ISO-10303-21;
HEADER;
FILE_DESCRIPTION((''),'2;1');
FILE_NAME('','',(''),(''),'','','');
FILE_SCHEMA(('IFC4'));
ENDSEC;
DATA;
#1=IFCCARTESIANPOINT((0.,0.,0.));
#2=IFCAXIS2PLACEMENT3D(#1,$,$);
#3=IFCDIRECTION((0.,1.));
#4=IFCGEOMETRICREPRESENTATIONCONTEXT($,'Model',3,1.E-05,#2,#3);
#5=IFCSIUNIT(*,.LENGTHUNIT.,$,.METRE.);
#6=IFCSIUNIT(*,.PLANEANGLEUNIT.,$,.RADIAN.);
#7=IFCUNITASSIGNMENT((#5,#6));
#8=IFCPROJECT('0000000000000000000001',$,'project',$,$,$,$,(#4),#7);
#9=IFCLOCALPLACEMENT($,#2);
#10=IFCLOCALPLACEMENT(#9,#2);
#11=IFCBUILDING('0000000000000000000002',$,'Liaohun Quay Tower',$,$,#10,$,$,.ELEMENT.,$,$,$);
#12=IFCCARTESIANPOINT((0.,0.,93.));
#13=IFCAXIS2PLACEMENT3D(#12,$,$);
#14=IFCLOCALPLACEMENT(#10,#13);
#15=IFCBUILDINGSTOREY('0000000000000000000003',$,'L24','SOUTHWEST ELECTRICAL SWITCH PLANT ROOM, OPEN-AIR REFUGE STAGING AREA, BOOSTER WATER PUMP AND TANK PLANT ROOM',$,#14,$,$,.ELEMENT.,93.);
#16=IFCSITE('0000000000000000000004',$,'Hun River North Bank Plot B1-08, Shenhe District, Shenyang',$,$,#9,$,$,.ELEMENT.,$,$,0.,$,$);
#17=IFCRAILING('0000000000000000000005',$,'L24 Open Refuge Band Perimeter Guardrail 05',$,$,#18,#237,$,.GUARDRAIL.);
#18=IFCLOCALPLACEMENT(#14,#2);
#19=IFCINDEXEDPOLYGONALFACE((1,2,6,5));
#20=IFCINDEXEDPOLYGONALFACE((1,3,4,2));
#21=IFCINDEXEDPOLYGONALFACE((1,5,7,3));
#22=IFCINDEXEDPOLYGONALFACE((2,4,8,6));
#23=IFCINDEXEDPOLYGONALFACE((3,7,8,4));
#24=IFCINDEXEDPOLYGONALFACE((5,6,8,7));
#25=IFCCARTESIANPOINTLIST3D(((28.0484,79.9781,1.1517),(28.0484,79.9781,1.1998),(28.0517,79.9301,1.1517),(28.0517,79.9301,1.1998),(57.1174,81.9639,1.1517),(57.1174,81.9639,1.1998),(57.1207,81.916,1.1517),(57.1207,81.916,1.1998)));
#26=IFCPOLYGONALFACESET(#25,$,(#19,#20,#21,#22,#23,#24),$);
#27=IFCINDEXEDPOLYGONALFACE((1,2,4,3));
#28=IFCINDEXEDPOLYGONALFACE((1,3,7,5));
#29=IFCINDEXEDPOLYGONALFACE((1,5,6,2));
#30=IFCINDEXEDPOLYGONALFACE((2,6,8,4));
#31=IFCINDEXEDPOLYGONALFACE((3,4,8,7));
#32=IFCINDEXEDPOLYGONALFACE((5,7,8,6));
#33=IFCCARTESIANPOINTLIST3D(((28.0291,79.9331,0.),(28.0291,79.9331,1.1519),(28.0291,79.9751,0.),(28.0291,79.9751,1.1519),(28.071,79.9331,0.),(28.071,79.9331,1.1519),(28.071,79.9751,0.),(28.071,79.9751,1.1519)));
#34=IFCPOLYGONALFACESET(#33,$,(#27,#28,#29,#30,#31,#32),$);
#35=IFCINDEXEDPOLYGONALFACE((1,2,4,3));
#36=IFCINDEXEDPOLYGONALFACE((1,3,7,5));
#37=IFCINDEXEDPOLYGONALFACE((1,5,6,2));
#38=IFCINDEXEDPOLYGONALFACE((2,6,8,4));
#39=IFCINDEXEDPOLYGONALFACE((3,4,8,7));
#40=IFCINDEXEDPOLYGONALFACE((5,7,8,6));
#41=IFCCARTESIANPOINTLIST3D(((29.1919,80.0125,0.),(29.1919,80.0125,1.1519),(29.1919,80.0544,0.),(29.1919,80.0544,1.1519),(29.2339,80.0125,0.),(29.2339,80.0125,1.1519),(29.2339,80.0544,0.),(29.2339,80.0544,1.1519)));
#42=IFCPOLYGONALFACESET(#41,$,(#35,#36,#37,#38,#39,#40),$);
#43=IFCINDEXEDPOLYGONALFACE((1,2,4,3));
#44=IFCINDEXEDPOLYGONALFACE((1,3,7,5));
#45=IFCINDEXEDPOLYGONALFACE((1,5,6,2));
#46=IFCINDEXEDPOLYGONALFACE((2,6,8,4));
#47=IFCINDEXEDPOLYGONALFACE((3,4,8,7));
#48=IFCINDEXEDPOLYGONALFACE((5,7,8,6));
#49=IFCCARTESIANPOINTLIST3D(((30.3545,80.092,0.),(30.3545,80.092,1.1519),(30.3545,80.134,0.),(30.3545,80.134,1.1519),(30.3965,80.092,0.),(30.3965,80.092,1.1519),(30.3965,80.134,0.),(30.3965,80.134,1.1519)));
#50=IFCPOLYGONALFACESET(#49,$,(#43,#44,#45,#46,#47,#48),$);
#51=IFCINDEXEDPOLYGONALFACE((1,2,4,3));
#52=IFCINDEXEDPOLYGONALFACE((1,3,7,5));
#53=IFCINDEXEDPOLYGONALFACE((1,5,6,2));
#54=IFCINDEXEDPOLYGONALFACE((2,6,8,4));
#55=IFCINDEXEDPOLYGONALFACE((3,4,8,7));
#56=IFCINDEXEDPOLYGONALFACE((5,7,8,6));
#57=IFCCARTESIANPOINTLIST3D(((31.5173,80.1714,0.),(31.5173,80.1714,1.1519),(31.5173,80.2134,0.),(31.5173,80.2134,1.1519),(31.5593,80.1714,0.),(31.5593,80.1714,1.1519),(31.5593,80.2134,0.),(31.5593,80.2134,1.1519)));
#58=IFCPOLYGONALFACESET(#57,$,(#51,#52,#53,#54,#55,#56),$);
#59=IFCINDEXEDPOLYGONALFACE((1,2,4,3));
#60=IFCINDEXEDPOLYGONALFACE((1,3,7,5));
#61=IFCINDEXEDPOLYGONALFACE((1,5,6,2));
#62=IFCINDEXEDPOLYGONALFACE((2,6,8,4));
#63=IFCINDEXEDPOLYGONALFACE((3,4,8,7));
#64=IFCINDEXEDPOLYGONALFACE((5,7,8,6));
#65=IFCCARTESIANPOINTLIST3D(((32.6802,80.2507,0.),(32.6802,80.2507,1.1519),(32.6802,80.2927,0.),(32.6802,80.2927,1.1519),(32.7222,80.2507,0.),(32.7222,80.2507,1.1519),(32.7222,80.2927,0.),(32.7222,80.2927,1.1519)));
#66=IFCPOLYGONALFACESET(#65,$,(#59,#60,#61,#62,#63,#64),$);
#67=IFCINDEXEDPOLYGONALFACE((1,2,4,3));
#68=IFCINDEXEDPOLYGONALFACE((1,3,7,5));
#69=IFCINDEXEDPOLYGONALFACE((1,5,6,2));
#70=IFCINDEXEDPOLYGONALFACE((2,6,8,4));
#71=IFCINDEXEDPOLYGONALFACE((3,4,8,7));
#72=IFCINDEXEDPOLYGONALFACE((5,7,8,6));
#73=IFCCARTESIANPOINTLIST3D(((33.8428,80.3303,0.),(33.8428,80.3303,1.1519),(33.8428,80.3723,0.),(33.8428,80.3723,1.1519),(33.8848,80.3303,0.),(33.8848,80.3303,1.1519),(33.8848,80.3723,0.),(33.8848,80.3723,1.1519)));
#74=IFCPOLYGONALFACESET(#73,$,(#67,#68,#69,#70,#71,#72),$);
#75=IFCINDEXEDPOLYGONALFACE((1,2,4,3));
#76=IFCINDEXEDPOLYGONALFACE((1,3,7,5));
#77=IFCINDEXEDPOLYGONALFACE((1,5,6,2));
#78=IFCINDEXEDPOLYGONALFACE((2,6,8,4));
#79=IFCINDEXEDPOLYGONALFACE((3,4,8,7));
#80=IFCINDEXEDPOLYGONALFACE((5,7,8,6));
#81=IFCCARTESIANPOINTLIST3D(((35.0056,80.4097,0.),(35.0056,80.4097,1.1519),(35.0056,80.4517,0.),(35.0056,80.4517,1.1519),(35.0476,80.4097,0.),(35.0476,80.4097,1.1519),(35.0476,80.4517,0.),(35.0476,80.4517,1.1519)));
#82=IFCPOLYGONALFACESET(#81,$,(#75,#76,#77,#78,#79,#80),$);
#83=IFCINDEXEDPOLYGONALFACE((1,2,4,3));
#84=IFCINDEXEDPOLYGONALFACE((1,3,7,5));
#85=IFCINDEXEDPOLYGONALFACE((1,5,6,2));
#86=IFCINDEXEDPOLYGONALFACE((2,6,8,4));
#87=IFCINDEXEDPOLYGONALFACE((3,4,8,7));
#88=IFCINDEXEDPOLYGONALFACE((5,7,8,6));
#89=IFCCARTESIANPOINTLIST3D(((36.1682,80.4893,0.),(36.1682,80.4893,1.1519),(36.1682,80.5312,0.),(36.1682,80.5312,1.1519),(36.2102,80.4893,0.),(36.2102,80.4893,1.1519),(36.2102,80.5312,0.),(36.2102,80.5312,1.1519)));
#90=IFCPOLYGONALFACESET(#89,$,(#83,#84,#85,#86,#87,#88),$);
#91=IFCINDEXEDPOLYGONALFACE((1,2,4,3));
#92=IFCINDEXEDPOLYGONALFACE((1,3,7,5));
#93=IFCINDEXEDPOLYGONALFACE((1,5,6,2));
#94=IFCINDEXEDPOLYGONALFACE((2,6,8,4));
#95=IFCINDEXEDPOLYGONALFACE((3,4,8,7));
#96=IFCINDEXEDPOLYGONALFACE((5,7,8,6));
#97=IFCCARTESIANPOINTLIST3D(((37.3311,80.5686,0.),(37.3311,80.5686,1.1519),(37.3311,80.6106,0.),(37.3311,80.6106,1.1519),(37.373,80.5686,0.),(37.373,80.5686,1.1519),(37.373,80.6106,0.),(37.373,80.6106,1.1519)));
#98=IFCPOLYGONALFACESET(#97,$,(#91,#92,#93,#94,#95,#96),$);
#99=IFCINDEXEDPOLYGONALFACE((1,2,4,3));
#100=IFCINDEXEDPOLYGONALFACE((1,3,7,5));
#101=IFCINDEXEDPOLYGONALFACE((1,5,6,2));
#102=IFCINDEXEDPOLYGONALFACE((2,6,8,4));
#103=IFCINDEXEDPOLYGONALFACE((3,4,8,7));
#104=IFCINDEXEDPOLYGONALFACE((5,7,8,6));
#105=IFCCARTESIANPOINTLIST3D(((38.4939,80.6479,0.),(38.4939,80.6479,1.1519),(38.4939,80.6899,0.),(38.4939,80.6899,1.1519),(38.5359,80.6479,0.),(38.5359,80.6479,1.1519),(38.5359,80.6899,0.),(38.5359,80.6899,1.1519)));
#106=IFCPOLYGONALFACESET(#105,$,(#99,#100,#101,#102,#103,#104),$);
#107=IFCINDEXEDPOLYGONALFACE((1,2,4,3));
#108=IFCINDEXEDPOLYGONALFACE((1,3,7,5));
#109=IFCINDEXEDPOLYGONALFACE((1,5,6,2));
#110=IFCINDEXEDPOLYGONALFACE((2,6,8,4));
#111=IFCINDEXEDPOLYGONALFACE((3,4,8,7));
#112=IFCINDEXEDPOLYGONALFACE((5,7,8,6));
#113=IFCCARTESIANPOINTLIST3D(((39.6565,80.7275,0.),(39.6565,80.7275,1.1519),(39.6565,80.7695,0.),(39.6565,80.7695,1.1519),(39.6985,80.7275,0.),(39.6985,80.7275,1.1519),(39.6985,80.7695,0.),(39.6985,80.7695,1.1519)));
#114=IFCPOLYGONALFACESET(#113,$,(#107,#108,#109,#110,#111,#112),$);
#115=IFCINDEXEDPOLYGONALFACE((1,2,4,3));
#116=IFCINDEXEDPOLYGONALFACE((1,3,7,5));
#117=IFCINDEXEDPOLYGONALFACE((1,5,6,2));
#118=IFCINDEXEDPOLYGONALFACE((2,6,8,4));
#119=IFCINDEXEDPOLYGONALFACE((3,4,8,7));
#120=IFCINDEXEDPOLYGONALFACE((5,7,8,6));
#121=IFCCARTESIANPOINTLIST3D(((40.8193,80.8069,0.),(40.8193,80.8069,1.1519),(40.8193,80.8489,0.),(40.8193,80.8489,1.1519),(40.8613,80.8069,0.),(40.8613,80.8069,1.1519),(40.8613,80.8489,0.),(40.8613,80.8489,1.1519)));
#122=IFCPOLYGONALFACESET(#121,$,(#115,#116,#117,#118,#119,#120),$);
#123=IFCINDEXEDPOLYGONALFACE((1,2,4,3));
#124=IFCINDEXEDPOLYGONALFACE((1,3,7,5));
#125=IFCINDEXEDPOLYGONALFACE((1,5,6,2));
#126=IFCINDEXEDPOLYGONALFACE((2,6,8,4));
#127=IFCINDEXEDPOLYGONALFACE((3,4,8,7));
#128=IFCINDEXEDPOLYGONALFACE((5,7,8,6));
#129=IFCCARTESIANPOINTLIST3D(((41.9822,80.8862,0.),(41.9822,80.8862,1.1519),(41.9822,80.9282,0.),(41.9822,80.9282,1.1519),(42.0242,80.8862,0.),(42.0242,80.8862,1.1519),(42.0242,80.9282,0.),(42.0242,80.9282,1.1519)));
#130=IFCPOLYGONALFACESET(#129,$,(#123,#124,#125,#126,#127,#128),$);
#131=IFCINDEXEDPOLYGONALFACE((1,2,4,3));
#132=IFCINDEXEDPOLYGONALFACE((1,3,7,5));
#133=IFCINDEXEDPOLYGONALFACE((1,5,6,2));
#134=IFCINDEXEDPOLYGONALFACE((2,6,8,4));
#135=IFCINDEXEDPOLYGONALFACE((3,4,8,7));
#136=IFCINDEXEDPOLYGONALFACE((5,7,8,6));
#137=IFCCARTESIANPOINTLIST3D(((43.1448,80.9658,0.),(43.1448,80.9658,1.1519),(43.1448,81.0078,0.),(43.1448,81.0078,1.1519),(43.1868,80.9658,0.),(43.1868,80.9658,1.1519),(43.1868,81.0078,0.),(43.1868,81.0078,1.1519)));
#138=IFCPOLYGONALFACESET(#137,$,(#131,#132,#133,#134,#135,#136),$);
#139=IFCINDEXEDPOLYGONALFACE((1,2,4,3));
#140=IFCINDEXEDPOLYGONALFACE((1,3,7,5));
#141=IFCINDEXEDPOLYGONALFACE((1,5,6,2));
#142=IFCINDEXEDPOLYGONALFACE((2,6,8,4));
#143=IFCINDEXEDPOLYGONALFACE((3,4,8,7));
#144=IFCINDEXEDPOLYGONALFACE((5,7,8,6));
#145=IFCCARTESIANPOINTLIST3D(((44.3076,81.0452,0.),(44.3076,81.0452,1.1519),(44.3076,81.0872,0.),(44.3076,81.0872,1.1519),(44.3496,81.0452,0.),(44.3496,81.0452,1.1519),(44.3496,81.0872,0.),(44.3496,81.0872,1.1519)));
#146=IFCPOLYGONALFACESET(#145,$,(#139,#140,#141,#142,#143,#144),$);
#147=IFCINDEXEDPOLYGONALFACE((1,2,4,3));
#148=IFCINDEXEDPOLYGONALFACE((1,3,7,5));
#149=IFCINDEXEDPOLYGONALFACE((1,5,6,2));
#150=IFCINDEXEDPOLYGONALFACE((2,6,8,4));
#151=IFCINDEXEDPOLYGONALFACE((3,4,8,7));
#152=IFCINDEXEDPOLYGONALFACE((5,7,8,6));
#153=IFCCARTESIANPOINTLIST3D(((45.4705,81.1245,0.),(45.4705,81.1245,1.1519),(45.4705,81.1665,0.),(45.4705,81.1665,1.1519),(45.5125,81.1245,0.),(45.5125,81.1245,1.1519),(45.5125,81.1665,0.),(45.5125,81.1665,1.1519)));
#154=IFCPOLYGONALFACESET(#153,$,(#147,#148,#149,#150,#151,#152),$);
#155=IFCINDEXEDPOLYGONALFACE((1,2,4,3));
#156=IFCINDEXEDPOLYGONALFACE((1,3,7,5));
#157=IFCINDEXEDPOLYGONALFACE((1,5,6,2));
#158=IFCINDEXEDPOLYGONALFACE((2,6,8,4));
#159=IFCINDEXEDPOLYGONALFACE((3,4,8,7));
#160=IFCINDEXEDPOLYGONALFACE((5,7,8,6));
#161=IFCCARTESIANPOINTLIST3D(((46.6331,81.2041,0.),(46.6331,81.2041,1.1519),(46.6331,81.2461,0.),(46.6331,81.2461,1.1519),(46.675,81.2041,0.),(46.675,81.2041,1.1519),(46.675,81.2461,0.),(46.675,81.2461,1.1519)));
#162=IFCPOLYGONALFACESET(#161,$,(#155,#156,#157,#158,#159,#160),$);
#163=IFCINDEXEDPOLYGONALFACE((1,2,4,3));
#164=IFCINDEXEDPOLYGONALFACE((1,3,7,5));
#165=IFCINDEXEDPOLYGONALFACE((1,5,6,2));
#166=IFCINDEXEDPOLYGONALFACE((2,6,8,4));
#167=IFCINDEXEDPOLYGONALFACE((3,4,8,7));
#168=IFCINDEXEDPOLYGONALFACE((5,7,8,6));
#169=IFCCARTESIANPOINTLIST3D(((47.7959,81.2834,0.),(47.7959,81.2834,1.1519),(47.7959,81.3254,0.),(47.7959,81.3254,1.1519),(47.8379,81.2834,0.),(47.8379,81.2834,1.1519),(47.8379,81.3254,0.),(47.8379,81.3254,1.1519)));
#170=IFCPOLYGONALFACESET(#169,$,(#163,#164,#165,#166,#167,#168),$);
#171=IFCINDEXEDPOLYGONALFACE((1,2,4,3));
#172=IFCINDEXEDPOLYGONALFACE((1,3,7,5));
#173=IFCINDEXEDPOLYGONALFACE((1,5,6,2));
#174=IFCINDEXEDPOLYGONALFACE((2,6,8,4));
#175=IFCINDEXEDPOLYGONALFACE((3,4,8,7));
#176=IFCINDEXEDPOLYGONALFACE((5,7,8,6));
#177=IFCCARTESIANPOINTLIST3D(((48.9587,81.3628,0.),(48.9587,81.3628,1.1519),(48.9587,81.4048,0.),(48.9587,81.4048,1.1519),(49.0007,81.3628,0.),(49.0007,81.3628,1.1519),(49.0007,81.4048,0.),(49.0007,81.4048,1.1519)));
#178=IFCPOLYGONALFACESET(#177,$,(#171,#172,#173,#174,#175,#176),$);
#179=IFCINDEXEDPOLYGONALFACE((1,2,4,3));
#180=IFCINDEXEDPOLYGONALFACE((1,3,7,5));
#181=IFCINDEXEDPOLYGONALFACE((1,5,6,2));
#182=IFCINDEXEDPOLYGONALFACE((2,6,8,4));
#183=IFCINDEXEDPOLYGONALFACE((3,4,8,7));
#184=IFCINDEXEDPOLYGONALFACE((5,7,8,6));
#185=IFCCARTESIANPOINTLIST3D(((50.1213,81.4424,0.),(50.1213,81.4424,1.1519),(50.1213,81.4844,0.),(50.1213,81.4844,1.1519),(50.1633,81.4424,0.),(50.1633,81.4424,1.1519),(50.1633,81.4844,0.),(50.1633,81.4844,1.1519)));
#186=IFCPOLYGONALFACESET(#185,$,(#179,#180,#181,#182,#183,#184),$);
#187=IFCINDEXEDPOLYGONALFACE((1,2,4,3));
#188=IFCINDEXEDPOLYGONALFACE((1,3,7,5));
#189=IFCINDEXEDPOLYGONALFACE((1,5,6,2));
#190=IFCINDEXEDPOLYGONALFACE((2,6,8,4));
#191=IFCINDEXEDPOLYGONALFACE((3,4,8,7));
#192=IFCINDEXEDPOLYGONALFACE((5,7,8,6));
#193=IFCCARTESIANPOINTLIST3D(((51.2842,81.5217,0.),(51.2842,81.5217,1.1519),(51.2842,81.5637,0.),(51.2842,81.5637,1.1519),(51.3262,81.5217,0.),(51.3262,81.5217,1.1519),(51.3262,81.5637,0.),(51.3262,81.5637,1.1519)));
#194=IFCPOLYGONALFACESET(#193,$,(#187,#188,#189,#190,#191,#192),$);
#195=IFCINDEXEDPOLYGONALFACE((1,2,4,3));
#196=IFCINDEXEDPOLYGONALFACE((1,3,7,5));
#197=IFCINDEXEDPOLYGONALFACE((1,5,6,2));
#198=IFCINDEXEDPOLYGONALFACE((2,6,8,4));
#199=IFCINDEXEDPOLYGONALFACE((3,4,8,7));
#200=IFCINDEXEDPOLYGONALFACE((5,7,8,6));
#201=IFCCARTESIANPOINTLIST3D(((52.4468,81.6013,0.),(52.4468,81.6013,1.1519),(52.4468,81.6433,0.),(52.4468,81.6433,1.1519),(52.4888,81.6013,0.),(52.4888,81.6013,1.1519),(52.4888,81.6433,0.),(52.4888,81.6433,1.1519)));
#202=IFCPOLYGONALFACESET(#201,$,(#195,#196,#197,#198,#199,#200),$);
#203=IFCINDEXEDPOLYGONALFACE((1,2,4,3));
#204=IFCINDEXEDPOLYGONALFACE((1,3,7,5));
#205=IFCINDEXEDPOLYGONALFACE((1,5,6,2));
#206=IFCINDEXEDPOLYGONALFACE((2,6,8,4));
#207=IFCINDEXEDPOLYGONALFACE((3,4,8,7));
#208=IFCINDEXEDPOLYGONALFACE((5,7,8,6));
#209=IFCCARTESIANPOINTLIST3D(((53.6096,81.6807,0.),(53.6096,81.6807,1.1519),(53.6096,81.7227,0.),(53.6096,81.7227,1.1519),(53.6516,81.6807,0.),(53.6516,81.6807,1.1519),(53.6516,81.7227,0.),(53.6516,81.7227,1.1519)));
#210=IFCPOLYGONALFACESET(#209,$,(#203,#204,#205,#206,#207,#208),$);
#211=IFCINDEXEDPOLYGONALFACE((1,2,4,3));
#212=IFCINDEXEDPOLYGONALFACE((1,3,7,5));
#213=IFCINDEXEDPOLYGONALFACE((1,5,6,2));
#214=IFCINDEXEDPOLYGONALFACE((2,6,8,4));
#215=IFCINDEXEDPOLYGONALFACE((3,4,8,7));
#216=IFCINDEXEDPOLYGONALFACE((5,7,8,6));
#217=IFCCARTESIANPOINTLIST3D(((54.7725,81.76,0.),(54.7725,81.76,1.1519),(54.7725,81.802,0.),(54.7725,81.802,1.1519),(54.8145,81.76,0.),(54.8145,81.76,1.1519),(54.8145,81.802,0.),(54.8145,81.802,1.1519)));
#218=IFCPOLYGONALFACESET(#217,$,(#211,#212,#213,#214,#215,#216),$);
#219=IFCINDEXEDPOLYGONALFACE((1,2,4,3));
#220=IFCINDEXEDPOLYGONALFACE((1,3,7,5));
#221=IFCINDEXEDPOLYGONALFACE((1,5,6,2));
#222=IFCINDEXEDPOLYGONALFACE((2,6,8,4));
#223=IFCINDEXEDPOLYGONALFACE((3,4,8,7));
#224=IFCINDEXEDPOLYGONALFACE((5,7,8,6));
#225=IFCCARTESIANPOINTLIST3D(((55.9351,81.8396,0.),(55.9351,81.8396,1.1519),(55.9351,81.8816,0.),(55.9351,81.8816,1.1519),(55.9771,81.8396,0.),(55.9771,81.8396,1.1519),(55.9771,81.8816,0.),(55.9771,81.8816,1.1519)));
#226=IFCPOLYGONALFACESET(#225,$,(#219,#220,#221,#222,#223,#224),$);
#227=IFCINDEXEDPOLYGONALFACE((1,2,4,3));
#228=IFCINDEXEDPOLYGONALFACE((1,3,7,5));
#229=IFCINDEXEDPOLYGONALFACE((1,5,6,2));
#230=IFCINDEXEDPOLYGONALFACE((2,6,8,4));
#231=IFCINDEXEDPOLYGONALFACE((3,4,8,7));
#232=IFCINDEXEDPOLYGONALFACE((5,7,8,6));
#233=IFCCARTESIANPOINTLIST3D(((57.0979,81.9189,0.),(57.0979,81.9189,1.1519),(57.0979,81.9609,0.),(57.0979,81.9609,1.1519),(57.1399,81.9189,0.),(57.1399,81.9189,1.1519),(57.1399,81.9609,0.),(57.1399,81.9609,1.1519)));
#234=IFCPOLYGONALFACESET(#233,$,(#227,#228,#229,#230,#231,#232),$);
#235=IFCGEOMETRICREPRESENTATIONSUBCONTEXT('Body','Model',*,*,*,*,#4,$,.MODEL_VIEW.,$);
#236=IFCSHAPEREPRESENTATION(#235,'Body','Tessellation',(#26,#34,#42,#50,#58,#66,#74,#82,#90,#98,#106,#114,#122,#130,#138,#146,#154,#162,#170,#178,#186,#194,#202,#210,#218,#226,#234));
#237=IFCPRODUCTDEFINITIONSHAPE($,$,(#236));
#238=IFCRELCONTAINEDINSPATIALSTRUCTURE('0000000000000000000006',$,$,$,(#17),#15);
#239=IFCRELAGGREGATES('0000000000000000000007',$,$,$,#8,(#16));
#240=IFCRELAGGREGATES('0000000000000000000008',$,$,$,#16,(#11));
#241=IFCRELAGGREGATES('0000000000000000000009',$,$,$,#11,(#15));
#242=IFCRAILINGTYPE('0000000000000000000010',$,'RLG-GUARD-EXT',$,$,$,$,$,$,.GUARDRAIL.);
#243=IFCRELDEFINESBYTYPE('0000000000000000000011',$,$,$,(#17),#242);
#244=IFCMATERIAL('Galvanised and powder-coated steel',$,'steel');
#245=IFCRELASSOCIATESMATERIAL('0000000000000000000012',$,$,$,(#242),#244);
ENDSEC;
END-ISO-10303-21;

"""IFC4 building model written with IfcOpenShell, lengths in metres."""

from ifc_helpers import new_model, si_unit, direction, frame, origin, origin_2d, place, context, subcontext, project, spatial, rectangle, extrude, material, type_object, element, save


model = new_model("IFC4")

# Units and contexts
model_context = context("Model", 3, precision=1e-05, world=origin(), true_north=direction((0.0, 1.0)))
body_context = subcontext(model_context, "Body", "Model", "MODEL_VIEW")
ifc_project = project(units=[si_unit("LENGTHUNIT", "METRE"), si_unit("PLANEANGLEUNIT", "RADIAN")], contexts=[model_context])

# Site, building, storey
site_placement = place(None, origin())
site = spatial("IfcSite", under=ifc_project, at=site_placement, Name="Hun River North Bank Plot B1-08, Shenhe District, Shenyang", CompositionType="ELEMENT", RefElevation=0.0)
building_placement = place(site_placement, origin())
building = spatial("IfcBuilding", under=site, at=building_placement, Name="Liaohun Quay Tower", CompositionType="ELEMENT")
storey_placement = place(building_placement, frame((0.0, 0.0, 93.0)))
storey = spatial("IfcBuildingStorey", under=building, at=storey_placement, Name="L24", Description="SOUTHWEST ELECTRICAL SWITCH PLANT ROOM, OPEN-AIR REFUGE STAGING AREA, BOOSTER WATER PUMP AND TANK PLANT ROOM", CompositionType="ELEMENT", Elevation=93.0)

# Railing
ifc_material_1 = material(Name="Galvanised and powder-coated steel", Category="steel")
railing_type = type_object("IfcRailingType", Name="RLG-GUARD-EXT", PredefinedType="GUARDRAIL", material=ifc_material_1)
railing_1_placement = place(storey_placement, frame((28.05, 79.9541, 0.0)))
element("IfcRailing", 1, at=railing_1_placement, inside=storey, type_object=railing_type, Name="L24 Open Refuge Band Perimeter Guardrail 05", PredefinedType="GUARDRAIL", context=body_context, shape_type="SweptSolid", body=[
    extrude(rectangle(XDim=0.0481, YDim=0.0481, at=origin_2d()), frame((0.0, 0.0, 1.1758), z_axis=(0.997675, 0.068156, 0.0), x_axis=(-0.068156, 0.997675, 0.0)), (0.0, 0.0, 1.0), 29.1367),
    extrude(rectangle(XDim=0.042, YDim=0.042, at=origin_2d()), origin(), (0.0, 0.0, 1.0), 1.1519),
    extrude(rectangle(XDim=0.042, YDim=0.042, at=origin_2d()), frame((1.1628, 0.0793, 0.0)), (0.0, 0.0, 1.0), 1.1519),
    extrude(rectangle(XDim=0.042, YDim=0.042, at=origin_2d()), frame((2.3254, 0.1589, 0.0)), (0.0, 0.0, 1.0), 1.1519),
    extrude(rectangle(XDim=0.042, YDim=0.042, at=origin_2d()), frame((3.4883, 0.2383, 0.0)), (0.0, 0.0, 1.0), 1.1519),
    extrude(rectangle(XDim=0.042, YDim=0.042, at=origin_2d()), frame((4.6511, 0.3176, 0.0)), (0.0, 0.0, 1.0), 1.1519),
    extrude(rectangle(XDim=0.042, YDim=0.042, at=origin_2d()), frame((5.8137, 0.3972, 0.0)), (0.0, 0.0, 1.0), 1.1519),
    extrude(rectangle(XDim=0.042, YDim=0.042, at=origin_2d()), frame((6.9766, 0.4766, 0.0)), (0.0, 0.0, 1.0), 1.1519),
    extrude(rectangle(XDim=0.042, YDim=0.042, at=origin_2d()), frame((8.1392, 0.5562, 0.0)), (0.0, 0.0, 1.0), 1.1519),
    extrude(rectangle(XDim=0.042, YDim=0.042, at=origin_2d()), frame((9.302, 0.6355, 0.0)), (0.0, 0.0, 1.0), 1.1519),
    extrude(rectangle(XDim=0.042, YDim=0.042, at=origin_2d()), frame((10.4648, 0.7148, 0.0)), (0.0, 0.0, 1.0), 1.1519),
    extrude(rectangle(XDim=0.042, YDim=0.042, at=origin_2d()), frame((11.6274, 0.7944, 0.0)), (0.0, 0.0, 1.0), 1.1519),
    extrude(rectangle(XDim=0.042, YDim=0.042, at=origin_2d()), frame((12.7903, 0.8738, 0.0)), (0.0, 0.0, 1.0), 1.1519),
    extrude(rectangle(XDim=0.042, YDim=0.042, at=origin_2d()), frame((13.9531, 0.9531, 0.0)), (0.0, 0.0, 1.0), 1.1519),
    extrude(rectangle(XDim=0.042, YDim=0.042, at=origin_2d()), frame((15.1157, 1.0327, 0.0)), (0.0, 0.0, 1.0), 1.1519),
    extrude(rectangle(XDim=0.042, YDim=0.042, at=origin_2d()), frame((16.2786, 1.1121, 0.0)), (0.0, 0.0, 1.0), 1.1519),
    extrude(rectangle(XDim=0.042, YDim=0.042, at=origin_2d()), frame((17.4414, 1.1914, 0.0)), (0.0, 0.0, 1.0), 1.1519),
    extrude(rectangle(XDim=0.042, YDim=0.042, at=origin_2d()), frame((18.604, 1.271, 0.0)), (0.0, 0.0, 1.0), 1.1519),
    extrude(rectangle(XDim=0.042, YDim=0.042, at=origin_2d()), frame((19.7668, 1.3503, 0.0)), (0.0, 0.0, 1.0), 1.1519),
    extrude(rectangle(XDim=0.042, YDim=0.042, at=origin_2d()), frame((20.9297, 1.4297, 0.0)), (0.0, 0.0, 1.0), 1.1519),
    extrude(rectangle(XDim=0.042, YDim=0.042, at=origin_2d()), frame((22.0923, 1.5093, 0.0)), (0.0, 0.0, 1.0), 1.1519),
    extrude(rectangle(XDim=0.042, YDim=0.042, at=origin_2d()), frame((23.2551, 1.5886, 0.0)), (0.0, 0.0, 1.0), 1.1519),
    extrude(rectangle(XDim=0.042, YDim=0.042, at=origin_2d()), frame((24.4177, 1.6682, 0.0)), (0.0, 0.0, 1.0), 1.1519),
    extrude(rectangle(XDim=0.042, YDim=0.042, at=origin_2d()), frame((25.5806, 1.7476, 0.0)), (0.0, 0.0, 1.0), 1.1519),
    extrude(rectangle(XDim=0.042, YDim=0.042, at=origin_2d()), frame((26.7434, 1.8269, 0.0)), (0.0, 0.0, 1.0), 1.1519),
    extrude(rectangle(XDim=0.042, YDim=0.042, at=origin_2d()), frame((27.906, 1.9065, 0.0)), (0.0, 0.0, 1.0), 1.1519),
    extrude(rectangle(XDim=0.042, YDim=0.042, at=origin_2d()), frame((29.0688, 1.9858, 0.0)), (0.0, 0.0, 1.0), 1.1519),
])

save(model, "model.ifc")
